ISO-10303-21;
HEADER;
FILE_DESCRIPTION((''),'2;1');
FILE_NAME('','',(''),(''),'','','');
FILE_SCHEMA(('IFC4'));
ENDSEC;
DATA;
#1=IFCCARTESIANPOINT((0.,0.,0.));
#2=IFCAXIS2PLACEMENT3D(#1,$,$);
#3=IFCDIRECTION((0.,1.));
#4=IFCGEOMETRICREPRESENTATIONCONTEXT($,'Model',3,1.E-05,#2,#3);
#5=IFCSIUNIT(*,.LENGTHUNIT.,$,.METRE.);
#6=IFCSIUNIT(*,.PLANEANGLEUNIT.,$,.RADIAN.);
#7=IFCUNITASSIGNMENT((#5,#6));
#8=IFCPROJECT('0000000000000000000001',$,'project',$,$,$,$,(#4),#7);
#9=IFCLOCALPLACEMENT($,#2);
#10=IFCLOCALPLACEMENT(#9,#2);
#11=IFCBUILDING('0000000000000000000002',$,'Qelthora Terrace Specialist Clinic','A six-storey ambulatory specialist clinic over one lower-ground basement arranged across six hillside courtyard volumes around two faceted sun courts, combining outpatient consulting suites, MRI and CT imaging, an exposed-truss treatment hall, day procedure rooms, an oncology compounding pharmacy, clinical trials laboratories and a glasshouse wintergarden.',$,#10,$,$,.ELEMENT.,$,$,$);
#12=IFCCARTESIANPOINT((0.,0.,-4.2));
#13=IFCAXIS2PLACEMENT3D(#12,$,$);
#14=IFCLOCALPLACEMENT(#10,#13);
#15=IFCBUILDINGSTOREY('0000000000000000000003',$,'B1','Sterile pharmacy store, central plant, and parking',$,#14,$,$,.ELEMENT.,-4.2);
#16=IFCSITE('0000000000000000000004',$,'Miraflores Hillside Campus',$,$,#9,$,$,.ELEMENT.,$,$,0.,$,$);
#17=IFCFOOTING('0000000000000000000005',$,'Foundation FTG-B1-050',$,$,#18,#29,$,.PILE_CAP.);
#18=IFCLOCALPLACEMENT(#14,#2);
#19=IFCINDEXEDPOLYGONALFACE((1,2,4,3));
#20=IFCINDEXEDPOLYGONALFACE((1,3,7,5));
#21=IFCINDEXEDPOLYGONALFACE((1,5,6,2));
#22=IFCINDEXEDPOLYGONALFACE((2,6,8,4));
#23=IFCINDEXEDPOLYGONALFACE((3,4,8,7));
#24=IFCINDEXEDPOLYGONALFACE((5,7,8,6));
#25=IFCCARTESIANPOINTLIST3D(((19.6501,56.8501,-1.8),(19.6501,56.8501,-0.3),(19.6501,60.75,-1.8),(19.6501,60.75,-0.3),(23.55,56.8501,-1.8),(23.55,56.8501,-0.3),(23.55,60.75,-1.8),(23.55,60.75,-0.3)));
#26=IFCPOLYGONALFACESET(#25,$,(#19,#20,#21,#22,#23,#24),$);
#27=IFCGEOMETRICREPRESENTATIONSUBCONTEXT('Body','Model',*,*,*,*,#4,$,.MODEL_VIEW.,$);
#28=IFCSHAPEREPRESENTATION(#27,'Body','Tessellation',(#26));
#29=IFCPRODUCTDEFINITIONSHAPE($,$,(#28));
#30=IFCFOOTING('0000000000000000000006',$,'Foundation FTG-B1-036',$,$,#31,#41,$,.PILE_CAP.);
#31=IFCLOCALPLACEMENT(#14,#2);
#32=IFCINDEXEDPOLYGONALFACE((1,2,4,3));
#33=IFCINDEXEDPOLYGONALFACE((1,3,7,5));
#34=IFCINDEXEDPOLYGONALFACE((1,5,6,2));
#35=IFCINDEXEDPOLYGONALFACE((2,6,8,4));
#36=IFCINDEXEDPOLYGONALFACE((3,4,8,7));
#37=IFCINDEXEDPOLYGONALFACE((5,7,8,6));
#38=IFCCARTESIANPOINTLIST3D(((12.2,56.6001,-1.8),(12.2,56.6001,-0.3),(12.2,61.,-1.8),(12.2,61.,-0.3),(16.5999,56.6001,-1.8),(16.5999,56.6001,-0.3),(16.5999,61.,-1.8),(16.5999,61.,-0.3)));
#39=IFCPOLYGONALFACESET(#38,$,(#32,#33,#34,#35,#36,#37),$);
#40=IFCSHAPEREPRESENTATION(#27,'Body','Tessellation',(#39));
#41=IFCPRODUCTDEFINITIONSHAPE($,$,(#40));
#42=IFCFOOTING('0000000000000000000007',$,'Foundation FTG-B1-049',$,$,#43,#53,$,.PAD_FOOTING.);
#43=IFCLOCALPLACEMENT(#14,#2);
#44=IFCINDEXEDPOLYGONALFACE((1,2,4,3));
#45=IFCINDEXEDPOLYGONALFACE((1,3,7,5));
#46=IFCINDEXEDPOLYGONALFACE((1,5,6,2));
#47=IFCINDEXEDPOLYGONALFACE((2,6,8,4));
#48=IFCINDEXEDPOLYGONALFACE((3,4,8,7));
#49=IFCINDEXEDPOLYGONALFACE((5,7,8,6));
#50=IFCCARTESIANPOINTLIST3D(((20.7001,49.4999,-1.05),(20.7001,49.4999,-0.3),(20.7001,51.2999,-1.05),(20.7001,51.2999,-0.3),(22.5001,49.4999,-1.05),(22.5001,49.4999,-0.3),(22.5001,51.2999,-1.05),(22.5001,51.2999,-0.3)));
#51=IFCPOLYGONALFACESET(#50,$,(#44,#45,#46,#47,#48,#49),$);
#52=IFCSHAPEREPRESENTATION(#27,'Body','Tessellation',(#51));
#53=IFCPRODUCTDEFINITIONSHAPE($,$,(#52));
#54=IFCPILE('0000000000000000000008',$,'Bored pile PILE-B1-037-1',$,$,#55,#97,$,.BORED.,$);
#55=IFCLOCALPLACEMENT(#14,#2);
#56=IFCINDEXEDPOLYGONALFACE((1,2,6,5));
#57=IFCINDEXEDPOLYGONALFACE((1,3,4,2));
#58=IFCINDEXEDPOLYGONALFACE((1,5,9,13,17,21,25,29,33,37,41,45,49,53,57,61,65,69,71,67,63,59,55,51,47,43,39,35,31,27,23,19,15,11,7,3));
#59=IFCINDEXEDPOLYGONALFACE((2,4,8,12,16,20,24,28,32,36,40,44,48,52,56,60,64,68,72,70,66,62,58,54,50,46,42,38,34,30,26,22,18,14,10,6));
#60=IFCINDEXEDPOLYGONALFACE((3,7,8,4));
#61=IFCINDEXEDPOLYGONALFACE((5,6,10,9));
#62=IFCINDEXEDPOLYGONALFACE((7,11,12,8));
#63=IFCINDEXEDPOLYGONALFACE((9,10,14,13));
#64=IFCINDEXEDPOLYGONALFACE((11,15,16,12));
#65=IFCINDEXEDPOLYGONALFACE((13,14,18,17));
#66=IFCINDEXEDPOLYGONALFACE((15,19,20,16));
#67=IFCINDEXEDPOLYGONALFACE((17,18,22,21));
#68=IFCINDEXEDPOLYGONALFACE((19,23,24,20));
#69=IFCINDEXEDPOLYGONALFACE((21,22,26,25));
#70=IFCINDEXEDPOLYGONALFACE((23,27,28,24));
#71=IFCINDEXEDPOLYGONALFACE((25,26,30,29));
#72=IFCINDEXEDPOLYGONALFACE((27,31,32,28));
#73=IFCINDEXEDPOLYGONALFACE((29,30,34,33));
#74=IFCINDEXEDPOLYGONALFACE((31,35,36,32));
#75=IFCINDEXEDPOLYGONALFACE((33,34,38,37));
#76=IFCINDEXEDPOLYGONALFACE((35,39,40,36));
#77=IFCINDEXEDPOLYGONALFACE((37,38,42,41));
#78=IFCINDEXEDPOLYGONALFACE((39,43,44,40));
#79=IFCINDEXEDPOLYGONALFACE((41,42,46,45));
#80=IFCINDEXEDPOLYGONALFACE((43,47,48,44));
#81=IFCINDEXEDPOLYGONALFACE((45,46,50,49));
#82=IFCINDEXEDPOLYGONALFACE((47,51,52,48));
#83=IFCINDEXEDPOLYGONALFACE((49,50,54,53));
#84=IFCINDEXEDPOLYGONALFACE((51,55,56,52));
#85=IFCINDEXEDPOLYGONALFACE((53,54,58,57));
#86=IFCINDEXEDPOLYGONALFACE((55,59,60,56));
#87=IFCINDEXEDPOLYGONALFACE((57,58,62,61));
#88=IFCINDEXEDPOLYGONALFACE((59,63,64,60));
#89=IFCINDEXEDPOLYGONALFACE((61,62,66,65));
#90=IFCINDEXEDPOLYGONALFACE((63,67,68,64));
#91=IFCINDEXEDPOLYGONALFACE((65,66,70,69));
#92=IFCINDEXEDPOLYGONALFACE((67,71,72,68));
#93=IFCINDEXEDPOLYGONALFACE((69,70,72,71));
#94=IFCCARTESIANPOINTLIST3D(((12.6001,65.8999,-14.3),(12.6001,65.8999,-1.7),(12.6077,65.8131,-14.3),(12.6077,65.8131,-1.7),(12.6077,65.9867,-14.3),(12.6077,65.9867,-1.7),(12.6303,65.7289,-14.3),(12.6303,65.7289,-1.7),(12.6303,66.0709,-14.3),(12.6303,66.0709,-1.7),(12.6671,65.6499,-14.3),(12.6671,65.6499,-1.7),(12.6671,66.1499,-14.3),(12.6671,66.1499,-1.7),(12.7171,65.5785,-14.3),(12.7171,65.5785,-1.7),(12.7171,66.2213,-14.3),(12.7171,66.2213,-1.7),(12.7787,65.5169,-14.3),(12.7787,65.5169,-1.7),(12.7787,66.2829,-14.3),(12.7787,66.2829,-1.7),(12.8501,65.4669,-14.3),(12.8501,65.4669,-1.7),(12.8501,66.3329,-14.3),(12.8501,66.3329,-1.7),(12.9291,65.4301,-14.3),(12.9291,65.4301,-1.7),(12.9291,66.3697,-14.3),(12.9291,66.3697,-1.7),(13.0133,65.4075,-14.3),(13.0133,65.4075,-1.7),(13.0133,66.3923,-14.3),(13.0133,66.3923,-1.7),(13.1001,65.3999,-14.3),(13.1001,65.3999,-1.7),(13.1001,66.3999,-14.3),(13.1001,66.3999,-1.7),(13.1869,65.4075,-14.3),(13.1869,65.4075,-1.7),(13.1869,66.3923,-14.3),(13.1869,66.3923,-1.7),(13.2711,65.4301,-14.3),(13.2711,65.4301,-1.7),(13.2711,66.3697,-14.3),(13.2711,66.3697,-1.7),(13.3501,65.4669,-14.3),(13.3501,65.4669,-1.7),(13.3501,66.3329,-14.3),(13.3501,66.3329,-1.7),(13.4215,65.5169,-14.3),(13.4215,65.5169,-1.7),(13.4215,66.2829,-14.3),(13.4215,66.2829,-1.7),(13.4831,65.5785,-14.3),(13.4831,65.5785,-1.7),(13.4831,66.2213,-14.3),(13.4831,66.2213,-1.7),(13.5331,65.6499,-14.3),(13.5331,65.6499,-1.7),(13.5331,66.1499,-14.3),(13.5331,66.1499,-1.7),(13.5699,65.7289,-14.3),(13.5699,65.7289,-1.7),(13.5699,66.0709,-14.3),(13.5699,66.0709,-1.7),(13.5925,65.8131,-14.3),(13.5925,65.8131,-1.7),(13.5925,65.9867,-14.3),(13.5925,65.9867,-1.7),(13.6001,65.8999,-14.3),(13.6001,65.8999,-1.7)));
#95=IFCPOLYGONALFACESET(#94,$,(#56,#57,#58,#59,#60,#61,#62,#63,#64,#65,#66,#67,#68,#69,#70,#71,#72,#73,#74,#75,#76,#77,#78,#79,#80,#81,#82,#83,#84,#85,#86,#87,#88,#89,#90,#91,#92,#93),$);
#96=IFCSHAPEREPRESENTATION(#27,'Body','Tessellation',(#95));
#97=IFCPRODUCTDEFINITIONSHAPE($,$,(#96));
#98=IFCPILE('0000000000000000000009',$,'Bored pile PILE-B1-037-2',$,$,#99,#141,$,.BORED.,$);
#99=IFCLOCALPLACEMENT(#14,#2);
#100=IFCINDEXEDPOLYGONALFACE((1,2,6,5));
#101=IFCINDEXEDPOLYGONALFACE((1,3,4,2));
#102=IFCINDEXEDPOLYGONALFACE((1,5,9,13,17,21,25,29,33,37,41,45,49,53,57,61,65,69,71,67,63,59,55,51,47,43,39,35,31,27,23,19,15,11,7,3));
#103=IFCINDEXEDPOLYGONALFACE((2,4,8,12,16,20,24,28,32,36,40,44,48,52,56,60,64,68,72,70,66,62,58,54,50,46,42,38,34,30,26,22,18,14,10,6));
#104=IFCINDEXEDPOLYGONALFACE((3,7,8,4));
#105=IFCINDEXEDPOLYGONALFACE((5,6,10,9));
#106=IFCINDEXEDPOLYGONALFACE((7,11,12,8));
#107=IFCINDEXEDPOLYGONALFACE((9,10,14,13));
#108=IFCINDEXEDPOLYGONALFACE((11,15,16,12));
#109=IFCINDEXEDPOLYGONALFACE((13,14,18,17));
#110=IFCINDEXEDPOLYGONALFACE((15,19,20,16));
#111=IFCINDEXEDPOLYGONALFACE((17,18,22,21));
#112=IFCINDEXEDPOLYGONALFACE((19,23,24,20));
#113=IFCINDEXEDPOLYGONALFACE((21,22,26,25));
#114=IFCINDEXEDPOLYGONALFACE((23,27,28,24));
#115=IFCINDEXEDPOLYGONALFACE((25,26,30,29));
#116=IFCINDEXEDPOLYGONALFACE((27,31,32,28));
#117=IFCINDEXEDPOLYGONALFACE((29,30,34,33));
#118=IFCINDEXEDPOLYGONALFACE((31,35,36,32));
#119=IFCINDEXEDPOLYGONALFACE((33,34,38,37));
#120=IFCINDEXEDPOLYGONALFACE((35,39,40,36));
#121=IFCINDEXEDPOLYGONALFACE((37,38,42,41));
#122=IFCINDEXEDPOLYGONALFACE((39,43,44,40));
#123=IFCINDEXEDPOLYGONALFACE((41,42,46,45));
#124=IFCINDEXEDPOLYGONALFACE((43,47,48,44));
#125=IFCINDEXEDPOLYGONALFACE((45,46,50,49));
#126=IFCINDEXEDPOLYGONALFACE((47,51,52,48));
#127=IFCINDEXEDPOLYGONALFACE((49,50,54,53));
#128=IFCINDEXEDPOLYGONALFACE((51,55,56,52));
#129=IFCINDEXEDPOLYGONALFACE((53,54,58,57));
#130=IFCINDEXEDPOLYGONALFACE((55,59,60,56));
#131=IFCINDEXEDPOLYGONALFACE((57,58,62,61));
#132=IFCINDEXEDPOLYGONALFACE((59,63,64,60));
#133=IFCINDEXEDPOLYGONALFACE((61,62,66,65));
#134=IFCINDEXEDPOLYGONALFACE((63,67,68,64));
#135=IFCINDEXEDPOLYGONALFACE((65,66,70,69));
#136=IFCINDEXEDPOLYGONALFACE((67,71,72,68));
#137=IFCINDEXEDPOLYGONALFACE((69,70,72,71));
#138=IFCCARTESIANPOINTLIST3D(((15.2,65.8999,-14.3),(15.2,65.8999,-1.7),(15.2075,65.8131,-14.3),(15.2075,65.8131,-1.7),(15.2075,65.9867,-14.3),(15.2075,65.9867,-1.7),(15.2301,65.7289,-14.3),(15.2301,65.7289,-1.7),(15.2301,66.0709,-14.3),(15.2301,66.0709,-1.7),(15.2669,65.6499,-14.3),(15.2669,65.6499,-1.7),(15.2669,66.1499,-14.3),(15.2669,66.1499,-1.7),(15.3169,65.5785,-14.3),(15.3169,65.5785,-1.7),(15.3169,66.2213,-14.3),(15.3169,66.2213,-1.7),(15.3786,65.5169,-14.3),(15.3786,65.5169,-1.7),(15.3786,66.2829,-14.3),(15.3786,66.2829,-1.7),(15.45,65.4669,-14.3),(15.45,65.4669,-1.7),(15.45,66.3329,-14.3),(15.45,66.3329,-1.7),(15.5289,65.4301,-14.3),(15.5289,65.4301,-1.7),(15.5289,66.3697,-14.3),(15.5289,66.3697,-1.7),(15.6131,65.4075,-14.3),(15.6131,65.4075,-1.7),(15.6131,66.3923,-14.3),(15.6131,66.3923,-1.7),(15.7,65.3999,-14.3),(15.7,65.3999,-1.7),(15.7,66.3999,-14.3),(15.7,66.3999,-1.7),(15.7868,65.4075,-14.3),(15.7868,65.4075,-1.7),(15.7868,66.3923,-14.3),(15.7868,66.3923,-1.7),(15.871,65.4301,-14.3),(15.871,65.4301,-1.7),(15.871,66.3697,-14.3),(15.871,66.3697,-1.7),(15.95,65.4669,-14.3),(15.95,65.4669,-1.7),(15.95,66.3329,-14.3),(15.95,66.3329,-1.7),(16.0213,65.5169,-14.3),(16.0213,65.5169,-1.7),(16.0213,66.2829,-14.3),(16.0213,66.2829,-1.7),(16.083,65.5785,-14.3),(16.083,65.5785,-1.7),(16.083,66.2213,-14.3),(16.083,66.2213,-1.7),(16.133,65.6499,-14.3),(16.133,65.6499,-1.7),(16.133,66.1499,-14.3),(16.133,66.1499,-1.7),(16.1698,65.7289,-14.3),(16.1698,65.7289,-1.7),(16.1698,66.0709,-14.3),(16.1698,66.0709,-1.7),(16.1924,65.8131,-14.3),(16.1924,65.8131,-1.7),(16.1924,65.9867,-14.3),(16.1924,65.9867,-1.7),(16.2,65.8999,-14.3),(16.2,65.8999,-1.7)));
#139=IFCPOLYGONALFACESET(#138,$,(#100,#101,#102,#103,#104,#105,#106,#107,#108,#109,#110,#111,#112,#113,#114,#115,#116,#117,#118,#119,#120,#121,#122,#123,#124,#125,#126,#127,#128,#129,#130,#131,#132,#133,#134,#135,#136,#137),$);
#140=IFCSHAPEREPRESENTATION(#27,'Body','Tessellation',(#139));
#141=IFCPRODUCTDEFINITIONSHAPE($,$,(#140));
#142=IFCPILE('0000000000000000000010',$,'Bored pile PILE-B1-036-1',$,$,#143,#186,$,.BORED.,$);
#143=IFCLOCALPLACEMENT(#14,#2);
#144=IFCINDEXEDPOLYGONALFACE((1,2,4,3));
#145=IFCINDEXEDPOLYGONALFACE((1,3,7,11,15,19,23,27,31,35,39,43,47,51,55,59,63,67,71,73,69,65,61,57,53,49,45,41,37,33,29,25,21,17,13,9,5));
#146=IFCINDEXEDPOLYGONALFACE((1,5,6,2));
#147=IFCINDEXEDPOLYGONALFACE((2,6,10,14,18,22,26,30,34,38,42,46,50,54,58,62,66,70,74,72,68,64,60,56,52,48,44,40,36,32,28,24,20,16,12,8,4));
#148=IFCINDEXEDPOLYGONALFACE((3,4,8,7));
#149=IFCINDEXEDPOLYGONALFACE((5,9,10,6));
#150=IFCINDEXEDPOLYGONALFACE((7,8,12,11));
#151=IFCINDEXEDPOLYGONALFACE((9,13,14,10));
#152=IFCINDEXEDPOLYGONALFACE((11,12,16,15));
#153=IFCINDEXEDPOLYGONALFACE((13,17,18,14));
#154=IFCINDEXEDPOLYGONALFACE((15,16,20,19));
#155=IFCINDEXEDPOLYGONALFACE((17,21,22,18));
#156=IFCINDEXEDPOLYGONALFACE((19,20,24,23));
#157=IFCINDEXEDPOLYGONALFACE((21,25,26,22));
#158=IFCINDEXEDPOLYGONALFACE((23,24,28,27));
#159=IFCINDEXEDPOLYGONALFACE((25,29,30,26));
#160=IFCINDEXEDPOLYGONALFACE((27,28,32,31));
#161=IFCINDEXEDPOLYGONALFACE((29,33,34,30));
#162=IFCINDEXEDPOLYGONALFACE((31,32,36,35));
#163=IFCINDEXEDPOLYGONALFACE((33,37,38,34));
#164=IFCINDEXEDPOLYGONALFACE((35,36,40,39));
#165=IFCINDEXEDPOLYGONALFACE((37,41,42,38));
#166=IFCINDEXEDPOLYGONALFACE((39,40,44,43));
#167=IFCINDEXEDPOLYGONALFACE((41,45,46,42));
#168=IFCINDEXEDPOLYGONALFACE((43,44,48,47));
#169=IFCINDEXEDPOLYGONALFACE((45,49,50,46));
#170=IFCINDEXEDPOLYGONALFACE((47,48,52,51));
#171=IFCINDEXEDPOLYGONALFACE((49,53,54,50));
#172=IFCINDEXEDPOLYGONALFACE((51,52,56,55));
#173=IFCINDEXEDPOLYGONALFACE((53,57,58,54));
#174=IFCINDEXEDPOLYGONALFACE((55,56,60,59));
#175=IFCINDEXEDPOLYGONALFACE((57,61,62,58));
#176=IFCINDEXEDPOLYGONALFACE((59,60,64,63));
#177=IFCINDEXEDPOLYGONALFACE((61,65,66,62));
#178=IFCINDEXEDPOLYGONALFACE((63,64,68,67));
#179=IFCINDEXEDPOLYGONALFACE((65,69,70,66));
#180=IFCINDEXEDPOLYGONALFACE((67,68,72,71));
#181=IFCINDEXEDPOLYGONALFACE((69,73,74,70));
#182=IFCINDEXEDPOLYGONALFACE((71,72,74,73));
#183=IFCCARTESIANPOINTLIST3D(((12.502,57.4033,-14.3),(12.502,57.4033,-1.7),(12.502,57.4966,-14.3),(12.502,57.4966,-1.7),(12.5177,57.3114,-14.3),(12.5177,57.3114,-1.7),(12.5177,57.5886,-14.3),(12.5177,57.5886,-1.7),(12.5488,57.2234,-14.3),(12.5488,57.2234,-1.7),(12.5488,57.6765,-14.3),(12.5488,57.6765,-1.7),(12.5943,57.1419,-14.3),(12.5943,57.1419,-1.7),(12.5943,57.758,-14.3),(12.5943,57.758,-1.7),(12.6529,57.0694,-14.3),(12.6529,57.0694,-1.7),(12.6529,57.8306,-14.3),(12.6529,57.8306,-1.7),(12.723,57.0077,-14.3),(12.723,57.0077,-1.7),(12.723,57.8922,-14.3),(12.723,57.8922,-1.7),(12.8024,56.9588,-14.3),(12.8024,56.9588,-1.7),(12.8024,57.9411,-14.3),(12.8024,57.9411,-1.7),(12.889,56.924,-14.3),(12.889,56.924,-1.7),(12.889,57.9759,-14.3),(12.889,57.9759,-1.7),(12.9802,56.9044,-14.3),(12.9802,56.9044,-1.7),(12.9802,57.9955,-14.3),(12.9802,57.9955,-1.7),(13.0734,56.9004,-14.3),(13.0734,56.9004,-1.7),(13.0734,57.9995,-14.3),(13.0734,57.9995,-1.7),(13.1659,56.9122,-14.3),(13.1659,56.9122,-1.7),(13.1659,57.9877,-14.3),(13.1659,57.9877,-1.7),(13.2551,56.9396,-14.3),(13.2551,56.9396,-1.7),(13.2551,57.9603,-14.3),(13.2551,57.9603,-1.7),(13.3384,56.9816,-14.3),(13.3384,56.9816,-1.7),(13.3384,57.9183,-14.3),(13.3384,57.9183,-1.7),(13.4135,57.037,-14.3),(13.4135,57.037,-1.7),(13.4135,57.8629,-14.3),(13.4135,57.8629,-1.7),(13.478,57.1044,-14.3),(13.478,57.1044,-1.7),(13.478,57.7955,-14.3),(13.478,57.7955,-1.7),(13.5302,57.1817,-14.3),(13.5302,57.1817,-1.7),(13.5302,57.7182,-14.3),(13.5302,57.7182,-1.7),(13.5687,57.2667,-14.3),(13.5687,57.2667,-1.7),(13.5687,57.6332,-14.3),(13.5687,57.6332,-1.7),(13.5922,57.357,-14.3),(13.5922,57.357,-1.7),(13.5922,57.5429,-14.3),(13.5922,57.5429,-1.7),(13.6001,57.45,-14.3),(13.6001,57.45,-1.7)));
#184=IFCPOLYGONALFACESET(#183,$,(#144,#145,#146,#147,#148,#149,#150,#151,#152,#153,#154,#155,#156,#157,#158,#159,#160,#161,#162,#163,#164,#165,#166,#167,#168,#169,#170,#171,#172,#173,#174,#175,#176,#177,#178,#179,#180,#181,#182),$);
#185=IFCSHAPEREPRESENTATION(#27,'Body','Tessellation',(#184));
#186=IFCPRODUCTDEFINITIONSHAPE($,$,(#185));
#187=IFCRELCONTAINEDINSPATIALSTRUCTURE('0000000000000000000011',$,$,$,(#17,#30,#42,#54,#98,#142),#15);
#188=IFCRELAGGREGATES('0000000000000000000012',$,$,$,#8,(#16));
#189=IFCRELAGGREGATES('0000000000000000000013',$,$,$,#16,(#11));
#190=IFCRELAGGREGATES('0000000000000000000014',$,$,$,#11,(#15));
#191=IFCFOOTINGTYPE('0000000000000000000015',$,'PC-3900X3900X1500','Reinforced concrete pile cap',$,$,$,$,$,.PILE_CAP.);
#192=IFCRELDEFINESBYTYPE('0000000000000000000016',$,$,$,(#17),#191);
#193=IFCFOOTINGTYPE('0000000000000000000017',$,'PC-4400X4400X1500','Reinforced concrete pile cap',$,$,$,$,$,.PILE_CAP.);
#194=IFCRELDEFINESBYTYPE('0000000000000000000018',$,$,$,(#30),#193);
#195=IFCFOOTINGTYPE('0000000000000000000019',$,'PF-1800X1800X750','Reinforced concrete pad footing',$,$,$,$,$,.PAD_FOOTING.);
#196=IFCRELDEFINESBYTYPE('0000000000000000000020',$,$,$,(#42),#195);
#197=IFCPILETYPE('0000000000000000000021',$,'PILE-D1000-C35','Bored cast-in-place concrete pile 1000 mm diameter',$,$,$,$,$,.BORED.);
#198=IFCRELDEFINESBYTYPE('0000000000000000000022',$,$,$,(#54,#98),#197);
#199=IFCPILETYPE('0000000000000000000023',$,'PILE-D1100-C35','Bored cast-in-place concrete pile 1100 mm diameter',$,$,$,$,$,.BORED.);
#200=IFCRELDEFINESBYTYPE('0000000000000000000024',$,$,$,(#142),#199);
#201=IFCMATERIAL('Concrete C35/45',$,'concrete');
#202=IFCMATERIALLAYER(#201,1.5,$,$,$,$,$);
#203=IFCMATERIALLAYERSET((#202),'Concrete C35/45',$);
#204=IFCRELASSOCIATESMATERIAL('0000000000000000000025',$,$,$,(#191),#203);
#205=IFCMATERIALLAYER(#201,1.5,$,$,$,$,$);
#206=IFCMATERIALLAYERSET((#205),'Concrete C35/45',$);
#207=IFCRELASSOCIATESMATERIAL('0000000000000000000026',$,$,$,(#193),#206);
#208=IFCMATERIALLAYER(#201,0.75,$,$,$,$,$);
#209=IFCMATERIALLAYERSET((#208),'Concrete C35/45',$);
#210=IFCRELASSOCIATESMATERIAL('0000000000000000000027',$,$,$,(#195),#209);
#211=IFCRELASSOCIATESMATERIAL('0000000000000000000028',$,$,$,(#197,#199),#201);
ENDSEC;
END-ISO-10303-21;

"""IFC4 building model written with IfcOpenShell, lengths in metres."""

from ifc_helpers import new_model, si_unit, direction, frame, origin, origin_2d, place, context, subcontext, project, spatial, rectangle, circle, extrude, material, layer, layer_set, material_profile, profile_set, type_object, element, save


model = new_model("IFC4")

# Units and contexts
model_context = context("Model", 3, precision=1e-05, world=origin(), true_north=direction((0.0, 1.0)))
body_context = subcontext(model_context, "Body", "Model", "MODEL_VIEW")
ifc_project = project(units=[si_unit("LENGTHUNIT", "METRE"), si_unit("PLANEANGLEUNIT", "RADIAN")], contexts=[model_context])

# Site, building, storey
site_placement = place(None, origin())
site = spatial("IfcSite", under=ifc_project, at=site_placement, Name="Miraflores Hillside Campus", CompositionType="ELEMENT", RefElevation=0.0)
building_placement = place(site_placement, origin())
building = spatial("IfcBuilding", under=site, at=building_placement, Name="Qelthora Terrace Specialist Clinic", Description="A six-storey ambulatory specialist clinic over one lower-ground basement arranged across six hillside courtyard volumes around two faceted sun courts, combining outpatient consulting suites, MRI and CT imaging, an exposed-truss treatment hall, day procedure rooms, an oncology compounding pharmacy, clinical trials laboratories and a glasshouse wintergarden.", CompositionType="ELEMENT")
storey_placement = place(building_placement, frame((0.0, 0.0, -4.2)))
storey = spatial("IfcBuildingStorey", under=building, at=storey_placement, Name="B1", Description="Sterile pharmacy store, central plant, and parking", CompositionType="ELEMENT", Elevation=-4.2)

# Footings
ifc_material_1 = material(Name="Concrete C35/45", Category="concrete")
ifc_layer_1 = layer(ifc_material_1, 1.5)
ifc_layer_set_1 = layer_set([ifc_layer_1], Name="Concrete C35/45")
footing_type_1 = type_object("IfcFootingType", Name="PC-3900X3900X1500", Description="Reinforced concrete pile cap", PredefinedType="PILE_CAP", material=ifc_layer_set_1)
footing_1_placement = place(storey_placement, frame((21.6001, 58.8, -1.8), z_axis=(0.0, 0.0, 1.0), x_axis=(1.0, 0.0, 0.0)))
element("IfcFooting", 1, at=footing_1_placement, inside=storey, type_object=footing_type_1, Name="Foundation FTG-B1-050", PredefinedType="PILE_CAP", context=body_context, shape_type="SweptSolid", body=[
    extrude(rectangle(XDim=3.8999, YDim=3.8999, at=origin_2d()), origin(), (0.0, 0.0, 1.0), 1.5),
])
ifc_layer_2 = layer(ifc_material_1, 1.5)
ifc_layer_set_2 = layer_set([ifc_layer_2], Name="Concrete C35/45")
footing_type_2 = type_object("IfcFootingType", Name="PC-4400X4400X1500", Description="Reinforced concrete pile cap", PredefinedType="PILE_CAP", material=ifc_layer_set_2)
footing_2_placement = place(storey_placement, frame((14.3999, 58.8, -1.8), z_axis=(0.0, 0.0, 1.0), x_axis=(1.0, 0.0, 0.0)))
element("IfcFooting", 2, at=footing_2_placement, inside=storey, type_object=footing_type_2, Name="Foundation FTG-B1-036", PredefinedType="PILE_CAP", context=body_context, shape_type="SweptSolid", body=[
    extrude(rectangle(XDim=4.3999, YDim=4.3999, at=origin_2d()), origin(), (0.0, 0.0, 1.0), 1.5),
])
ifc_layer_3 = layer(ifc_material_1, 0.75)
ifc_layer_set_3 = layer_set([ifc_layer_3], Name="Concrete C35/45")
footing_type_3 = type_object("IfcFootingType", Name="PF-1800X1800X750", Description="Reinforced concrete pad footing", PredefinedType="PAD_FOOTING", material=ifc_layer_set_3)
footing_3_placement = place(storey_placement, frame((21.6001, 50.3999, -1.05), z_axis=(0.0, 0.0, 1.0), x_axis=(1.0, 0.0, 0.0)))
element("IfcFooting", 3, at=footing_3_placement, inside=storey, type_object=footing_type_3, Name="Foundation FTG-B1-049", PredefinedType="PAD_FOOTING", context=body_context, shape_type="SweptSolid", body=[
    extrude(rectangle(XDim=1.8, YDim=1.8, at=origin_2d()), origin(), (0.0, 0.0, 1.0), 0.75),
])

# Piles
ifc_material_profile_1 = material_profile(ifc_material_1, circle(Radius=0.5, at=origin_2d()), Name="PILE1000")
ifc_profile_set_1 = profile_set([ifc_material_profile_1], Name="Concrete C35/45")
pile_type_1 = type_object("IfcPileType", Name="PILE-D1000-C35", Description="Bored cast-in-place concrete pile 1000 mm diameter", PredefinedType="BORED", material=ifc_profile_set_1)
for number, where, z_axis, x_axis, name in (
    (4, (13.1001, 65.8999, -1.7), (0.0, 0.0, -1.0), (1.0, 0.0, 0.0), "Bored pile PILE-B1-037-1"),
    (5, (15.7, 65.8999, -1.7), (0.0, 0.0, -1.0), (1.0, 0.0, 0.0), "Bored pile PILE-B1-037-2"),
):
    element("IfcPile", number, at=place(storey_placement, frame(where, z_axis=z_axis, x_axis=x_axis)), inside=storey, type_object=pile_type_1, Name=name, PredefinedType="BORED", context=body_context, shape_type="SweptSolid", body=[
        extrude(circle(Radius=0.5, at=origin_2d()), origin(), (0.0, 0.0, 1.0), 12.6001),
    ])
ifc_material_profile_2 = material_profile(ifc_material_1, circle(Radius=0.55, at=origin_2d()), Name="PILE1100")
ifc_profile_set_2 = profile_set([ifc_material_profile_2], Name="Concrete C35/45")
pile_type_2 = type_object("IfcPileType", Name="PILE-D1100-C35", Description="Bored cast-in-place concrete pile 1100 mm diameter", PredefinedType="BORED", material=ifc_profile_set_2)
for number, where, z_axis, x_axis, name in (
    (6, (13.05, 57.45, -1.7), (0.0, 0.0, -1.0), (1.0, 0.0, 0.0), "Bored pile PILE-B1-036-1"),
):
    element("IfcPile", number, at=place(storey_placement, frame(where, z_axis=z_axis, x_axis=x_axis)), inside=storey, type_object=pile_type_2, Name=name, PredefinedType="BORED", context=body_context, shape_type="SweptSolid", body=[
        extrude(circle(Radius=0.55, at=origin_2d()), origin(), (0.0, 0.0, 1.0), 12.6001),
    ])

save(model, "model.ifc")
